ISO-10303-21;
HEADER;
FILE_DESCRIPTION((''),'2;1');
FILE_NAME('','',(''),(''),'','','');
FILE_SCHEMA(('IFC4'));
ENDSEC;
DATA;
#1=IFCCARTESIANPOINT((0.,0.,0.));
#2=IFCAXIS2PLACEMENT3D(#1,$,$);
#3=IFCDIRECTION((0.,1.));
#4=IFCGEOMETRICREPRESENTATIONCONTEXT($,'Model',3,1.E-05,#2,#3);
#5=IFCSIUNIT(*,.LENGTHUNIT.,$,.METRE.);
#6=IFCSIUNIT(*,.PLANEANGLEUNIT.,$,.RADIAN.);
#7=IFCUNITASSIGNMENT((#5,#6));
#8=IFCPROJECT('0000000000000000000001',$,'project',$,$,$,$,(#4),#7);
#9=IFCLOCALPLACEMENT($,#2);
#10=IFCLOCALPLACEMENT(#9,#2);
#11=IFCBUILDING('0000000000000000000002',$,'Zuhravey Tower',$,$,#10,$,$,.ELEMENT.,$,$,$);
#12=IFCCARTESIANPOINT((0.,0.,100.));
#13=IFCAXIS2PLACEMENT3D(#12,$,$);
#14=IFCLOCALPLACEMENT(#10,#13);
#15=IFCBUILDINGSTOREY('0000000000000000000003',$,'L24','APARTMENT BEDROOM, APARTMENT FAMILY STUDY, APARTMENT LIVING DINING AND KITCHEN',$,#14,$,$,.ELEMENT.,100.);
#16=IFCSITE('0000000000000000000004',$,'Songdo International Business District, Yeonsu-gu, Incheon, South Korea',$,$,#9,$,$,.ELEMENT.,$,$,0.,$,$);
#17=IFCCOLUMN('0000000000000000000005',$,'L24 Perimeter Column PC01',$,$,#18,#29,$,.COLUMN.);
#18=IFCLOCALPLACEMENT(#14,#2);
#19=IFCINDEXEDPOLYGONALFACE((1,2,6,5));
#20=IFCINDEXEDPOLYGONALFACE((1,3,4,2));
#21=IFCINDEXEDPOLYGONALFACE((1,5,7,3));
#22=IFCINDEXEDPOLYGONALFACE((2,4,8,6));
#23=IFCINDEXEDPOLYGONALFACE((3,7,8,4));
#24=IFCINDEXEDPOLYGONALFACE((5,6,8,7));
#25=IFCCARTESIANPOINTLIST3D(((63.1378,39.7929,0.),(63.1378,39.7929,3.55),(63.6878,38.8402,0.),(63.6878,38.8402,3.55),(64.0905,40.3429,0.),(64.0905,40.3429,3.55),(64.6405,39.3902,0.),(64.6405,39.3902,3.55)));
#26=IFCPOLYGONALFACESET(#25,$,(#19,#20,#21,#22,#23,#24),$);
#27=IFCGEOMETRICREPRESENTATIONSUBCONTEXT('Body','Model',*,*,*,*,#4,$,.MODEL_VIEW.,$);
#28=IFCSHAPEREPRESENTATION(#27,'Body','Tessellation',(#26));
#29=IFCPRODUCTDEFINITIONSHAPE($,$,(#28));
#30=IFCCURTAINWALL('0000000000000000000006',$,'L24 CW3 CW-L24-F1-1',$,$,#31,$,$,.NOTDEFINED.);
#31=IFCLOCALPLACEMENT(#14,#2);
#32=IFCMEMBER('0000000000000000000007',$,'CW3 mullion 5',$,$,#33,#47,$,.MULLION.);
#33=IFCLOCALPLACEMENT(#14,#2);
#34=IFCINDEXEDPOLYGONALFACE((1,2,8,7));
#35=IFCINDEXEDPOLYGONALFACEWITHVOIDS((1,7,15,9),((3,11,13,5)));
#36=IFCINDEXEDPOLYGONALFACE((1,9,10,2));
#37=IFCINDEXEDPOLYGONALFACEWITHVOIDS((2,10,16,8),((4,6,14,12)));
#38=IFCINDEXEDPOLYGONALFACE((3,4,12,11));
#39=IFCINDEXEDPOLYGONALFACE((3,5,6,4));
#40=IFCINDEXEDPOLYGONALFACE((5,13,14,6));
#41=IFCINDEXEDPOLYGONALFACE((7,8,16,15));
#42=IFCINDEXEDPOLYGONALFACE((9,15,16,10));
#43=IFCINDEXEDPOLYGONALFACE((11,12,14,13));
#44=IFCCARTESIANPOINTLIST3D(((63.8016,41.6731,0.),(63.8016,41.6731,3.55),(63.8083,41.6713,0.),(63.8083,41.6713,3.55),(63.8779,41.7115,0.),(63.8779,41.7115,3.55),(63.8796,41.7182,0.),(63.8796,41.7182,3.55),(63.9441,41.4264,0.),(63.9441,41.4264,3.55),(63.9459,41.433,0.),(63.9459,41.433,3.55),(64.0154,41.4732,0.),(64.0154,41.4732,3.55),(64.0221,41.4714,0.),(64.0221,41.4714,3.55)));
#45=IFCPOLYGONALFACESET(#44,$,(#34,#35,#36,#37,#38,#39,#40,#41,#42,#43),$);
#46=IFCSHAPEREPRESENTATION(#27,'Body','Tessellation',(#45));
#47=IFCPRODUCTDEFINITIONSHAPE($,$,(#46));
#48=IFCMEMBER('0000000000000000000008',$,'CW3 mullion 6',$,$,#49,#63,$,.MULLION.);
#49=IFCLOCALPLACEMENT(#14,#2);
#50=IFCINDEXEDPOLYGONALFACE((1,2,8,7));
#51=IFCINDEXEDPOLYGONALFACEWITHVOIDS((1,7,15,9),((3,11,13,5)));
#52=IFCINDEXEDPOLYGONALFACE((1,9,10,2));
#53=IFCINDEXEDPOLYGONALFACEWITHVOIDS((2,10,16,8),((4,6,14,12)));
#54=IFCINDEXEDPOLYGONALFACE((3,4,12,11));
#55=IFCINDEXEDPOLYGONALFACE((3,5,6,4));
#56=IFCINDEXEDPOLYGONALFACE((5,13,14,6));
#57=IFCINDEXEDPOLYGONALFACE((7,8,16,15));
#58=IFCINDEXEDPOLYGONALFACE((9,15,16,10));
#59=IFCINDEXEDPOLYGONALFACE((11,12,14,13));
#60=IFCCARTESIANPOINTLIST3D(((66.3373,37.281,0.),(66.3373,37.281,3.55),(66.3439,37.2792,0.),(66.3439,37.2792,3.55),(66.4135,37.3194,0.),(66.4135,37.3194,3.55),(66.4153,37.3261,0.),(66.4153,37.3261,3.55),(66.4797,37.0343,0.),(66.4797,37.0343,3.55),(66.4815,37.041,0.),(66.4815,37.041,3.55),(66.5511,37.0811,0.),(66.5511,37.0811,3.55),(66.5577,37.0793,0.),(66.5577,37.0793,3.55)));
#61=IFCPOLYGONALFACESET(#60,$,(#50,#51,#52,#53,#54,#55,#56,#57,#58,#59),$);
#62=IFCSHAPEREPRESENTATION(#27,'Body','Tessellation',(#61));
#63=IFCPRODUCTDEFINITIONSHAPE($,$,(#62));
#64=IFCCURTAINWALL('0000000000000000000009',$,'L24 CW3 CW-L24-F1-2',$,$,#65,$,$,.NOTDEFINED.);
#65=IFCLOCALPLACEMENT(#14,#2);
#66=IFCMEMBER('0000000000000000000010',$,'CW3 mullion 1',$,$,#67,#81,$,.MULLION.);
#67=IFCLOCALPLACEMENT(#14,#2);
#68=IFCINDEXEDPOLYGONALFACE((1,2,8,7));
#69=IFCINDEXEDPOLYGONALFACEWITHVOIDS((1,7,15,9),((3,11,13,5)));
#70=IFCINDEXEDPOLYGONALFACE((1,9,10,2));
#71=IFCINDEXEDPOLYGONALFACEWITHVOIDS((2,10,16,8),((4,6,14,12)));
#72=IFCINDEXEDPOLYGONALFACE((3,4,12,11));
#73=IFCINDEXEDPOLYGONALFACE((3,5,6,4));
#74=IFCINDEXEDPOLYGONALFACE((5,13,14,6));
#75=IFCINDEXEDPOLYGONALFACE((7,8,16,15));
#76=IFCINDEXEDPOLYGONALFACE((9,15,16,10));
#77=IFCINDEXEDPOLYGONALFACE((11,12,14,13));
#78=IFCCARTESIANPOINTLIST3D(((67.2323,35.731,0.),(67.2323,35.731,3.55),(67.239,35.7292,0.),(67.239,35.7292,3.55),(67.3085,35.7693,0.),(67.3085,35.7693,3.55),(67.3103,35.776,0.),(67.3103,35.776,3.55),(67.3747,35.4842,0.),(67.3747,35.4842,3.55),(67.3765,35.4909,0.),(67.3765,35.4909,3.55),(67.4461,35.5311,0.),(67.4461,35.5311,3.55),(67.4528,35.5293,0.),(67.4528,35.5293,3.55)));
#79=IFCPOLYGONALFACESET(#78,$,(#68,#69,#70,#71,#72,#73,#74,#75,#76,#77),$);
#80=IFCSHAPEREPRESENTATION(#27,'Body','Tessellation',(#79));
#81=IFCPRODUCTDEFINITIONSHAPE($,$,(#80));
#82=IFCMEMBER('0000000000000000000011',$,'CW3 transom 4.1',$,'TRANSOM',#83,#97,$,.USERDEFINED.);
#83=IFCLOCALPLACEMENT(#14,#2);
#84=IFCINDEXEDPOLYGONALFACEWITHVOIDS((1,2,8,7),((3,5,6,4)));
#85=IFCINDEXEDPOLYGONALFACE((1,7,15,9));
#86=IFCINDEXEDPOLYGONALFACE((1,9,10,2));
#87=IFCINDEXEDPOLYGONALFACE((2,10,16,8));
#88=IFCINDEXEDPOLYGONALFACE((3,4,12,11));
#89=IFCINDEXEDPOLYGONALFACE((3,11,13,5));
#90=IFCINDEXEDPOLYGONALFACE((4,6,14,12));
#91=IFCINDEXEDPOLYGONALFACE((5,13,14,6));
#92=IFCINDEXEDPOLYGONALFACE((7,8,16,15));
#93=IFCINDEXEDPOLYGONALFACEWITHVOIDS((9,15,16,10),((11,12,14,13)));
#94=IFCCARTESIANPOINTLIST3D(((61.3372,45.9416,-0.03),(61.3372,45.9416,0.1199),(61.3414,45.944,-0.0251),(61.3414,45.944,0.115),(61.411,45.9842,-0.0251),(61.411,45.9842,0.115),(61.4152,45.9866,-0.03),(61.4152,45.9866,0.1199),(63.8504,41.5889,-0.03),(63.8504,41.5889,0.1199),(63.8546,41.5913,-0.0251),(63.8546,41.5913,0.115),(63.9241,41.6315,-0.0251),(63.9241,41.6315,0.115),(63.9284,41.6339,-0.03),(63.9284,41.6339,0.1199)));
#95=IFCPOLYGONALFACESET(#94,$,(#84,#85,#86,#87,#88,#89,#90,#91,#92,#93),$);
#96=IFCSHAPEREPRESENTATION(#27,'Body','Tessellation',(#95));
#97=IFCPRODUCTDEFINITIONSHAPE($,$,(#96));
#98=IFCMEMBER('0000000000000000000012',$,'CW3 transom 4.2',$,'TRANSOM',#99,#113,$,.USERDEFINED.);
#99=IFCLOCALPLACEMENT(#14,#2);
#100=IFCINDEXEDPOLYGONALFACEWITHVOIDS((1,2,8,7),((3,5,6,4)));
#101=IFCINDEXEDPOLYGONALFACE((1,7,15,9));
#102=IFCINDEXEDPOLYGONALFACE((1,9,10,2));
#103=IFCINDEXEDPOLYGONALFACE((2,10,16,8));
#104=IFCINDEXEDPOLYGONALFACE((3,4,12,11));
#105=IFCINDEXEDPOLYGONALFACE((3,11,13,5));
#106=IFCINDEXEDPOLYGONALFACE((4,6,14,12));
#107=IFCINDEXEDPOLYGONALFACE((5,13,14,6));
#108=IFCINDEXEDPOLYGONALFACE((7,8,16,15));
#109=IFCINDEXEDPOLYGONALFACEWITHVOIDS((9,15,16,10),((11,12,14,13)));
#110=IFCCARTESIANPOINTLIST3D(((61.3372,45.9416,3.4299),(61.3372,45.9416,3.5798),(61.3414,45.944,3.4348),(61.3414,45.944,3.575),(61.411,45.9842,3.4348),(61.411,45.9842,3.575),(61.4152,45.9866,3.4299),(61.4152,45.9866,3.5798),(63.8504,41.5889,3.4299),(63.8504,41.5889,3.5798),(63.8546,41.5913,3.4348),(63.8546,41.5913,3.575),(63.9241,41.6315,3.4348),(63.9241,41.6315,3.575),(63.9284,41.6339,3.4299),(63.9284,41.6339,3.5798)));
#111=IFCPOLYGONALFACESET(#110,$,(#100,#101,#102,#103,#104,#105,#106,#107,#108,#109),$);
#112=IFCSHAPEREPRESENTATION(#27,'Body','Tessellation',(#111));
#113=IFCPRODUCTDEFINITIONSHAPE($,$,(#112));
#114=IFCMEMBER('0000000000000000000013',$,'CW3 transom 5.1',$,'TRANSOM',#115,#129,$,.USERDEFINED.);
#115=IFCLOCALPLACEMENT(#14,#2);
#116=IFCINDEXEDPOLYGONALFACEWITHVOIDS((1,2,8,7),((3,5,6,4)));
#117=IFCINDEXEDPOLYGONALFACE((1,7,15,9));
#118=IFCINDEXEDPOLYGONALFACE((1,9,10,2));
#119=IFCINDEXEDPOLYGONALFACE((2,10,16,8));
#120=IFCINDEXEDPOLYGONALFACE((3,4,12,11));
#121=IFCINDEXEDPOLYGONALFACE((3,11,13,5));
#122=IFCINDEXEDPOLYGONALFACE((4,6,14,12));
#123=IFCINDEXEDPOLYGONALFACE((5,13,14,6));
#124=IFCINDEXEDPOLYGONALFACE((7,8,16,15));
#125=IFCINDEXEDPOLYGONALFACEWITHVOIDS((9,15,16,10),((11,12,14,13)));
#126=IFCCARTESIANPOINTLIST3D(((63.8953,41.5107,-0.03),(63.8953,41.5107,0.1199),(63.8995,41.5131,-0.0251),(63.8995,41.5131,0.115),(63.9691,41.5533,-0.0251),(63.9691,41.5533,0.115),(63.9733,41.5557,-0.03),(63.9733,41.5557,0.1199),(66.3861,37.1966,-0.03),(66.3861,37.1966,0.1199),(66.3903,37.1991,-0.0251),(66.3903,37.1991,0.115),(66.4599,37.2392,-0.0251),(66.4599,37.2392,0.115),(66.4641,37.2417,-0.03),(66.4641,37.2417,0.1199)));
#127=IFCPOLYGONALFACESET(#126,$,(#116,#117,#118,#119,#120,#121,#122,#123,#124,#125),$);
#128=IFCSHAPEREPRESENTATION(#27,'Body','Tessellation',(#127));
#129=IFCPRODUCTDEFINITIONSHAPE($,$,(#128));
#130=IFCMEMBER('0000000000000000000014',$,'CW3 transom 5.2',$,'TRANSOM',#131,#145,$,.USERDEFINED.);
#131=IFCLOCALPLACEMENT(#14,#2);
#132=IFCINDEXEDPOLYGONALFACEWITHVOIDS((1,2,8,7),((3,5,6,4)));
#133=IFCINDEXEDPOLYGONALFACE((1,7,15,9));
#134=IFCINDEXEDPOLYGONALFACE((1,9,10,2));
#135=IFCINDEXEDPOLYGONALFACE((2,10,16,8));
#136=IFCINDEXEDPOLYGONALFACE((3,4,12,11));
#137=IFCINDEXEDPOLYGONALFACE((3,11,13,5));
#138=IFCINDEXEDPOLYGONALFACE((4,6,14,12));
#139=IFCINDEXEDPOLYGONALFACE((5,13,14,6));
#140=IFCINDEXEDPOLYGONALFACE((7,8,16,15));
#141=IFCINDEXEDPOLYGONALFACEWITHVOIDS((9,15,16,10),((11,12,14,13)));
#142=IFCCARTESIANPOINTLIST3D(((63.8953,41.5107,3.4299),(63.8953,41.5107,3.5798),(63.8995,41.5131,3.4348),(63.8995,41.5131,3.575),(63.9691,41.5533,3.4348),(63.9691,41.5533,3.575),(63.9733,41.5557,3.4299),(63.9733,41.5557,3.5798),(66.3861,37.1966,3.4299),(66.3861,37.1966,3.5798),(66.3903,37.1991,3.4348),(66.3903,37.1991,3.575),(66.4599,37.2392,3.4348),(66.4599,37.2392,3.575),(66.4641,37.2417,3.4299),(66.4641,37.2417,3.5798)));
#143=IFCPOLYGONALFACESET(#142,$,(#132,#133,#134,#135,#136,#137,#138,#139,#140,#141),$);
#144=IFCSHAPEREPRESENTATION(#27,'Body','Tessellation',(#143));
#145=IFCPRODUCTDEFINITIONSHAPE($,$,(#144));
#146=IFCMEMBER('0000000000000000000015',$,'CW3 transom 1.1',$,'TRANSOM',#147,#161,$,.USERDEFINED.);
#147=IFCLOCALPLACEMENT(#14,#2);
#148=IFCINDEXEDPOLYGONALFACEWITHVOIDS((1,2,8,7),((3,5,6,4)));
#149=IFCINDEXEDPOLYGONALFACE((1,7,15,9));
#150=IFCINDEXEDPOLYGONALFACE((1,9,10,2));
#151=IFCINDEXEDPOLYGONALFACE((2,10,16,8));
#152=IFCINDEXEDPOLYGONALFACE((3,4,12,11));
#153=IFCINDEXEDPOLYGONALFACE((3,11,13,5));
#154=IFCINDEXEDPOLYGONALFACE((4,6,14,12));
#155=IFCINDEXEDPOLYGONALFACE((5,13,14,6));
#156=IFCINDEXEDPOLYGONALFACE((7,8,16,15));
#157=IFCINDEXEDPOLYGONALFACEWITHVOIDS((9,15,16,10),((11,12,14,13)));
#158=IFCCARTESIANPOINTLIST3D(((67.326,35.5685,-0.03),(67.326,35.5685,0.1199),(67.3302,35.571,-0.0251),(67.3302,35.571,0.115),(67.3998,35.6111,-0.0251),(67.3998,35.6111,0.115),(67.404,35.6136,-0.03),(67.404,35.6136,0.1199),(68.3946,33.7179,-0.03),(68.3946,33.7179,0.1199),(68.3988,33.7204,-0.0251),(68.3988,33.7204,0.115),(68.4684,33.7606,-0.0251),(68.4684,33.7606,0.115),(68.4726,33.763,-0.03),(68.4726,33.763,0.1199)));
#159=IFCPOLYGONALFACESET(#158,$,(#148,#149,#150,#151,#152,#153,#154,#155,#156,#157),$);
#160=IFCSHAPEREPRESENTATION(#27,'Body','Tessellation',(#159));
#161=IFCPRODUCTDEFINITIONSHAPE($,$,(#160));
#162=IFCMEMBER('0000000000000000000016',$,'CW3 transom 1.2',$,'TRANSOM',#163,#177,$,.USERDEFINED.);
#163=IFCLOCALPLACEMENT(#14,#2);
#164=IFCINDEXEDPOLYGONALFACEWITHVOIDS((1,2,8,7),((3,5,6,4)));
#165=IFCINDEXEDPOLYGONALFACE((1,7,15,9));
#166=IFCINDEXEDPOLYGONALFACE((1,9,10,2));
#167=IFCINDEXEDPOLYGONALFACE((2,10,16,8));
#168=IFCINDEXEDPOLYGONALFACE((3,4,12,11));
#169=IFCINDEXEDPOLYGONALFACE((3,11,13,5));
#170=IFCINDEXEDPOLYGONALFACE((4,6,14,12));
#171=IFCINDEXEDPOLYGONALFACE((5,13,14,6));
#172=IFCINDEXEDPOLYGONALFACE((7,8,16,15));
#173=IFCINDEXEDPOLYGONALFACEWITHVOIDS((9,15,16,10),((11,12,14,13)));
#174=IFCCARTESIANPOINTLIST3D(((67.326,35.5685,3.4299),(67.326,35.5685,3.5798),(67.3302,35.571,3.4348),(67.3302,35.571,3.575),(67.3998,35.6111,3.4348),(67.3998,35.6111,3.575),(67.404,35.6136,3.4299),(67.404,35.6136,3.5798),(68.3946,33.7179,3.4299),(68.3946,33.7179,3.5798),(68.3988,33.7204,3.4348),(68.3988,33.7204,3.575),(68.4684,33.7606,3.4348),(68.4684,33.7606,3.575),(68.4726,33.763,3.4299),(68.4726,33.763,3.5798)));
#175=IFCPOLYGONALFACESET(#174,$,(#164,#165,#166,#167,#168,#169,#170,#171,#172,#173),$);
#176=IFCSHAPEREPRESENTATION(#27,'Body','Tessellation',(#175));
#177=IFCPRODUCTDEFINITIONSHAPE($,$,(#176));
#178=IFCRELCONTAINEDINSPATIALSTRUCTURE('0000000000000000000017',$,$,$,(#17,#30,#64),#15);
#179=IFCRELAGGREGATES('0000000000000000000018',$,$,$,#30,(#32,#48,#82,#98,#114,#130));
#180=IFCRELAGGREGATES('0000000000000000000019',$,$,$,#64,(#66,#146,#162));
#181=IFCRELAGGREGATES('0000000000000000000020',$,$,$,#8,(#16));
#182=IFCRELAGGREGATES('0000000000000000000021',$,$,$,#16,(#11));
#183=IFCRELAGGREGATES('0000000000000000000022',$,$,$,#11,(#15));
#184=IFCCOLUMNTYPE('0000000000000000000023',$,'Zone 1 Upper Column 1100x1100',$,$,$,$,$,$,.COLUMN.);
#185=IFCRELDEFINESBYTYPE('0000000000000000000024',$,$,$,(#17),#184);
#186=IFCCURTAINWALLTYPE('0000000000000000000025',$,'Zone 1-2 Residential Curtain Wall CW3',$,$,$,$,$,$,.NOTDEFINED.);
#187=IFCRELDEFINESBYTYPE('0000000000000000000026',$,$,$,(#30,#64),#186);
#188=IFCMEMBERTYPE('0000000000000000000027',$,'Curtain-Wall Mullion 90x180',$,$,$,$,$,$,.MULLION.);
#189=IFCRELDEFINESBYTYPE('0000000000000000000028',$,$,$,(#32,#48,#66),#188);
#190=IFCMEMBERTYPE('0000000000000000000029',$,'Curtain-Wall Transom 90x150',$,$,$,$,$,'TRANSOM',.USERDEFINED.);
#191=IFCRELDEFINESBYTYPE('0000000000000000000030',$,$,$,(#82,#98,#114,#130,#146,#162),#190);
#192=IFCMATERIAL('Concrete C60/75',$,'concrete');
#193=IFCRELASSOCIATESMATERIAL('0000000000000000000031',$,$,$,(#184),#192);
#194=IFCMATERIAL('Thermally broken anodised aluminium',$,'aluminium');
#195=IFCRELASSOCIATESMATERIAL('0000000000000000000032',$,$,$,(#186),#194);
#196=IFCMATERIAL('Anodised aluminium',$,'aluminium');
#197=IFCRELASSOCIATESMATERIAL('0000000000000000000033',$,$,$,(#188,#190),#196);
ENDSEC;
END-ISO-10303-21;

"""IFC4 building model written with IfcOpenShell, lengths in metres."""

from ifc_helpers import new_model, si_unit, direction, frame, origin, origin_2d, place, context, subcontext, project, spatial, rectangle, hollow_rectangle, extrude, material, material_profile, profile_set, type_object, element, aggregate, save


model = new_model("IFC4")

# Units and contexts
model_context = context("Model", 3, precision=1e-05, world=origin(), true_north=direction((0.0, 1.0)))
body_context = subcontext(model_context, "Body", "Model", "MODEL_VIEW")
ifc_project = project(units=[si_unit("LENGTHUNIT", "METRE"), si_unit("PLANEANGLEUNIT", "RADIAN")], contexts=[model_context])

# Site, building, storey
site_placement = place(None, origin())
site = spatial("IfcSite", under=ifc_project, at=site_placement, Name="Songdo International Business District, Yeonsu-gu, Incheon, South Korea", CompositionType="ELEMENT", RefElevation=0.0)
building_placement = place(site_placement, origin())
building = spatial("IfcBuilding", under=site, at=building_placement, Name="Zuhravey Tower", CompositionType="ELEMENT")
storey_placement = place(building_placement, frame((0.0, 0.0, 100.0)))
storey = spatial("IfcBuildingStorey", under=building, at=storey_placement, Name="L24", Description="APARTMENT BEDROOM, APARTMENT FAMILY STUDY, APARTMENT LIVING DINING AND KITCHEN", CompositionType="ELEMENT", Elevation=100.0)

# Column
ifc_material_1 = material(Name="Concrete C60/75", Category="concrete")
ifc_material_profile_1 = material_profile(ifc_material_1, rectangle(XDim=1.1001, YDim=1.1001, at=origin_2d()), Name="RC-1100x1100")
ifc_profile_set_1 = profile_set([ifc_material_profile_1], Name="Concrete C60/75")
column_type = type_object("IfcColumnType", Name="Zone 1 Upper Column 1100x1100", PredefinedType="COLUMN", material=ifc_profile_set_1)
column_placement = place(storey_placement, frame((63.8892, 39.5916, 0.0), z_axis=(0.0, 0.0, 1.0), x_axis=(-0.5, 0.866025, 0.0)))
element("IfcColumn", 1, at=column_placement, inside=storey, type_object=column_type, Name="L24 Perimeter Column PC01", PredefinedType="COLUMN", context=body_context, shape_type="SweptSolid", body=[
    extrude(rectangle(XDim=1.1001, YDim=1.1001, at=origin_2d()), origin(), (0.0, 0.0, 1.0), 3.55),
])

# Curtain wall, members
ifc_material_2 = material(Name="Thermally broken anodised aluminium", Category="aluminium")
curtain_wall_type = type_object("IfcCurtainWallType", Name="Zone 1-2 Residential Curtain Wall CW3", PredefinedType="NOTDEFINED", material=ifc_material_2)
curtain_wall_1_placement = place(storey_placement, origin())
curtain_wall_1 = element("IfcCurtainWall", 2, at=curtain_wall_1_placement, inside=storey, type_object=curtain_wall_type, Name="L24 CW3 CW-L24-F1-1", PredefinedType="NOTDEFINED")
ifc_material_3 = material(Name="Anodised aluminium", Category="aluminium")
ifc_material_profile_2 = material_profile(ifc_material_3, hollow_rectangle(XDim=0.0901, YDim=0.2849, WallThickness=0.0049, at=origin_2d()), Name="ALU-RHS-90x285x5")
ifc_profile_set_2 = profile_set([ifc_material_profile_2], Name="Anodised aluminium")
member_type_1 = type_object("IfcMemberType", Name="Curtain-Wall Mullion 90x180", PredefinedType="MULLION", material=ifc_profile_set_2)
member_1_placement = place(storey_placement, frame((63.9119, 41.5723, 0.0), z_axis=(0.0, 0.0, 1.0), x_axis=(0.866026, 0.499999, 0.0)))
member_1 = element("IfcMember", 3, at=member_1_placement, type_object=member_type_1, Name="CW3 mullion 5", PredefinedType="MULLION", context=body_context, shape_type="SweptSolid", body=[
    extrude(hollow_rectangle(XDim=0.0901, YDim=0.2849, WallThickness=0.0049, at=origin_2d()), origin(), (0.0, 0.0, 1.0), 3.55),
])
member_2_placement = place(storey_placement, frame((66.4475, 37.1802, 0.0), z_axis=(0.0, 0.0, 1.0), x_axis=(0.866026, 0.499999, 0.0)))
member_2 = element("IfcMember", 4, at=member_2_placement, type_object=member_type_1, Name="CW3 mullion 6", PredefinedType="MULLION", context=body_context, shape_type="SweptSolid", body=[
    extrude(hollow_rectangle(XDim=0.0901, YDim=0.2849, WallThickness=0.0049, at=origin_2d()), origin(), (0.0, 0.0, 1.0), 3.55),
])

# Curtain wall, member
curtain_wall_2_placement = place(storey_placement, origin())
curtain_wall_2 = element("IfcCurtainWall", 5, at=curtain_wall_2_placement, inside=storey, type_object=curtain_wall_type, Name="L24 CW3 CW-L24-F1-2", PredefinedType="NOTDEFINED")
member_3_placement = place(storey_placement, frame((67.3425, 35.6301, 0.0), z_axis=(0.0, 0.0, 1.0), x_axis=(0.866027, 0.499996, 0.0)))
member_3 = element("IfcMember", 6, at=member_3_placement, type_object=member_type_1, Name="CW3 mullion 1", PredefinedType="MULLION", context=body_context, shape_type="SweptSolid", body=[
    extrude(hollow_rectangle(XDim=0.0901, YDim=0.2849, WallThickness=0.0049, at=origin_2d()), origin(), (0.0, 0.0, 1.0), 3.55),
])

# Members
ifc_material_profile_3 = material_profile(ifc_material_3, hollow_rectangle(XDim=0.0901, YDim=0.1499, WallThickness=0.0049, at=origin_2d()), Name="ALU-RHS-90x150x5")
ifc_profile_set_3 = profile_set([ifc_material_profile_3], Name="Anodised aluminium")
member_type_2 = type_object("IfcMemberType", Name="Curtain-Wall Transom 90x150", ElementType="TRANSOM", PredefinedType="USERDEFINED", material=ifc_profile_set_3)
member_4_placement = place(storey_placement, frame((61.3762, 45.9641, 0.0449), z_axis=(0.500015, -0.866017, 0.0), x_axis=(0.866017, 0.500015, 0.0)))
member_4 = element("IfcMember", 7, at=member_4_placement, type_object=member_type_2, Name="CW3 transom 4.1", ObjectType="TRANSOM", PredefinedType="USERDEFINED", context=body_context, shape_type="SweptSolid", body=[
    extrude(hollow_rectangle(XDim=0.0901, YDim=0.1499, WallThickness=0.0049, at=origin_2d()), origin(), (0.0, 0.0, 1.0), 5.0261),
])
member_5_placement = place(storey_placement, frame((61.3762, 45.9641, 3.5049), z_axis=(0.500015, -0.866017, 0.0), x_axis=(0.866017, 0.500015, 0.0)))
member_5 = element("IfcMember", 8, at=member_5_placement, type_object=member_type_2, Name="CW3 transom 4.2", ObjectType="TRANSOM", PredefinedType="USERDEFINED", context=body_context, shape_type="SweptSolid", body=[
    extrude(hollow_rectangle(XDim=0.0901, YDim=0.1499, WallThickness=0.0049, at=origin_2d()), origin(), (0.0, 0.0, 1.0), 5.0261),
])
member_6_placement = place(storey_placement, frame((63.9343, 41.5332, 0.0449), z_axis=(0.500008, -0.866021, 0.0), x_axis=(0.866021, 0.500008, 0.0)))
member_6 = element("IfcMember", 9, at=member_6_placement, type_object=member_type_2, Name="CW3 transom 5.1", ObjectType="TRANSOM", PredefinedType="USERDEFINED", context=body_context, shape_type="SweptSolid", body=[
    extrude(hollow_rectangle(XDim=0.0901, YDim=0.1499, WallThickness=0.0049, at=origin_2d()), origin(), (0.0, 0.0, 1.0), 4.9814),
])
member_7_placement = place(storey_placement, frame((63.9343, 41.5332, 3.5049), z_axis=(0.500008, -0.866021, 0.0), x_axis=(0.866021, 0.500008, 0.0)))
member_7 = element("IfcMember", 10, at=member_7_placement, type_object=member_type_2, Name="CW3 transom 5.2", ObjectType="TRANSOM", PredefinedType="USERDEFINED", context=body_context, shape_type="SweptSolid", body=[
    extrude(hollow_rectangle(XDim=0.0901, YDim=0.1499, WallThickness=0.0049, at=origin_2d()), origin(), (0.0, 0.0, 1.0), 4.9814),
])
member_8_placement = place(storey_placement, frame((67.365, 35.5911, 0.0449), z_axis=(0.500059, -0.865992, 0.0), x_axis=(0.865992, 0.500059, 0.0)))
member_8 = element("IfcMember", 11, at=member_8_placement, type_object=member_type_2, Name="CW3 transom 1.1", ObjectType="TRANSOM", PredefinedType="USERDEFINED", context=body_context, shape_type="SweptSolid", body=[
    extrude(hollow_rectangle(XDim=0.0901, YDim=0.1499, WallThickness=0.0049, at=origin_2d()), origin(), (0.0, 0.0, 1.0), 2.137),
])
member_9_placement = place(storey_placement, frame((67.365, 35.5911, 3.5049), z_axis=(0.500059, -0.865992, 0.0), x_axis=(0.865992, 0.500059, 0.0)))
member_9 = element("IfcMember", 12, at=member_9_placement, type_object=member_type_2, Name="CW3 transom 1.2", ObjectType="TRANSOM", PredefinedType="USERDEFINED", context=body_context, shape_type="SweptSolid", body=[
    extrude(hollow_rectangle(XDim=0.0901, YDim=0.1499, WallThickness=0.0049, at=origin_2d()), origin(), (0.0, 0.0, 1.0), 2.137),
])

aggregate(curtain_wall_1, [member_1, member_2, member_4, member_5, member_6, member_7])
aggregate(curtain_wall_2, [member_3, member_8, member_9])

save(model, "model.ifc")
